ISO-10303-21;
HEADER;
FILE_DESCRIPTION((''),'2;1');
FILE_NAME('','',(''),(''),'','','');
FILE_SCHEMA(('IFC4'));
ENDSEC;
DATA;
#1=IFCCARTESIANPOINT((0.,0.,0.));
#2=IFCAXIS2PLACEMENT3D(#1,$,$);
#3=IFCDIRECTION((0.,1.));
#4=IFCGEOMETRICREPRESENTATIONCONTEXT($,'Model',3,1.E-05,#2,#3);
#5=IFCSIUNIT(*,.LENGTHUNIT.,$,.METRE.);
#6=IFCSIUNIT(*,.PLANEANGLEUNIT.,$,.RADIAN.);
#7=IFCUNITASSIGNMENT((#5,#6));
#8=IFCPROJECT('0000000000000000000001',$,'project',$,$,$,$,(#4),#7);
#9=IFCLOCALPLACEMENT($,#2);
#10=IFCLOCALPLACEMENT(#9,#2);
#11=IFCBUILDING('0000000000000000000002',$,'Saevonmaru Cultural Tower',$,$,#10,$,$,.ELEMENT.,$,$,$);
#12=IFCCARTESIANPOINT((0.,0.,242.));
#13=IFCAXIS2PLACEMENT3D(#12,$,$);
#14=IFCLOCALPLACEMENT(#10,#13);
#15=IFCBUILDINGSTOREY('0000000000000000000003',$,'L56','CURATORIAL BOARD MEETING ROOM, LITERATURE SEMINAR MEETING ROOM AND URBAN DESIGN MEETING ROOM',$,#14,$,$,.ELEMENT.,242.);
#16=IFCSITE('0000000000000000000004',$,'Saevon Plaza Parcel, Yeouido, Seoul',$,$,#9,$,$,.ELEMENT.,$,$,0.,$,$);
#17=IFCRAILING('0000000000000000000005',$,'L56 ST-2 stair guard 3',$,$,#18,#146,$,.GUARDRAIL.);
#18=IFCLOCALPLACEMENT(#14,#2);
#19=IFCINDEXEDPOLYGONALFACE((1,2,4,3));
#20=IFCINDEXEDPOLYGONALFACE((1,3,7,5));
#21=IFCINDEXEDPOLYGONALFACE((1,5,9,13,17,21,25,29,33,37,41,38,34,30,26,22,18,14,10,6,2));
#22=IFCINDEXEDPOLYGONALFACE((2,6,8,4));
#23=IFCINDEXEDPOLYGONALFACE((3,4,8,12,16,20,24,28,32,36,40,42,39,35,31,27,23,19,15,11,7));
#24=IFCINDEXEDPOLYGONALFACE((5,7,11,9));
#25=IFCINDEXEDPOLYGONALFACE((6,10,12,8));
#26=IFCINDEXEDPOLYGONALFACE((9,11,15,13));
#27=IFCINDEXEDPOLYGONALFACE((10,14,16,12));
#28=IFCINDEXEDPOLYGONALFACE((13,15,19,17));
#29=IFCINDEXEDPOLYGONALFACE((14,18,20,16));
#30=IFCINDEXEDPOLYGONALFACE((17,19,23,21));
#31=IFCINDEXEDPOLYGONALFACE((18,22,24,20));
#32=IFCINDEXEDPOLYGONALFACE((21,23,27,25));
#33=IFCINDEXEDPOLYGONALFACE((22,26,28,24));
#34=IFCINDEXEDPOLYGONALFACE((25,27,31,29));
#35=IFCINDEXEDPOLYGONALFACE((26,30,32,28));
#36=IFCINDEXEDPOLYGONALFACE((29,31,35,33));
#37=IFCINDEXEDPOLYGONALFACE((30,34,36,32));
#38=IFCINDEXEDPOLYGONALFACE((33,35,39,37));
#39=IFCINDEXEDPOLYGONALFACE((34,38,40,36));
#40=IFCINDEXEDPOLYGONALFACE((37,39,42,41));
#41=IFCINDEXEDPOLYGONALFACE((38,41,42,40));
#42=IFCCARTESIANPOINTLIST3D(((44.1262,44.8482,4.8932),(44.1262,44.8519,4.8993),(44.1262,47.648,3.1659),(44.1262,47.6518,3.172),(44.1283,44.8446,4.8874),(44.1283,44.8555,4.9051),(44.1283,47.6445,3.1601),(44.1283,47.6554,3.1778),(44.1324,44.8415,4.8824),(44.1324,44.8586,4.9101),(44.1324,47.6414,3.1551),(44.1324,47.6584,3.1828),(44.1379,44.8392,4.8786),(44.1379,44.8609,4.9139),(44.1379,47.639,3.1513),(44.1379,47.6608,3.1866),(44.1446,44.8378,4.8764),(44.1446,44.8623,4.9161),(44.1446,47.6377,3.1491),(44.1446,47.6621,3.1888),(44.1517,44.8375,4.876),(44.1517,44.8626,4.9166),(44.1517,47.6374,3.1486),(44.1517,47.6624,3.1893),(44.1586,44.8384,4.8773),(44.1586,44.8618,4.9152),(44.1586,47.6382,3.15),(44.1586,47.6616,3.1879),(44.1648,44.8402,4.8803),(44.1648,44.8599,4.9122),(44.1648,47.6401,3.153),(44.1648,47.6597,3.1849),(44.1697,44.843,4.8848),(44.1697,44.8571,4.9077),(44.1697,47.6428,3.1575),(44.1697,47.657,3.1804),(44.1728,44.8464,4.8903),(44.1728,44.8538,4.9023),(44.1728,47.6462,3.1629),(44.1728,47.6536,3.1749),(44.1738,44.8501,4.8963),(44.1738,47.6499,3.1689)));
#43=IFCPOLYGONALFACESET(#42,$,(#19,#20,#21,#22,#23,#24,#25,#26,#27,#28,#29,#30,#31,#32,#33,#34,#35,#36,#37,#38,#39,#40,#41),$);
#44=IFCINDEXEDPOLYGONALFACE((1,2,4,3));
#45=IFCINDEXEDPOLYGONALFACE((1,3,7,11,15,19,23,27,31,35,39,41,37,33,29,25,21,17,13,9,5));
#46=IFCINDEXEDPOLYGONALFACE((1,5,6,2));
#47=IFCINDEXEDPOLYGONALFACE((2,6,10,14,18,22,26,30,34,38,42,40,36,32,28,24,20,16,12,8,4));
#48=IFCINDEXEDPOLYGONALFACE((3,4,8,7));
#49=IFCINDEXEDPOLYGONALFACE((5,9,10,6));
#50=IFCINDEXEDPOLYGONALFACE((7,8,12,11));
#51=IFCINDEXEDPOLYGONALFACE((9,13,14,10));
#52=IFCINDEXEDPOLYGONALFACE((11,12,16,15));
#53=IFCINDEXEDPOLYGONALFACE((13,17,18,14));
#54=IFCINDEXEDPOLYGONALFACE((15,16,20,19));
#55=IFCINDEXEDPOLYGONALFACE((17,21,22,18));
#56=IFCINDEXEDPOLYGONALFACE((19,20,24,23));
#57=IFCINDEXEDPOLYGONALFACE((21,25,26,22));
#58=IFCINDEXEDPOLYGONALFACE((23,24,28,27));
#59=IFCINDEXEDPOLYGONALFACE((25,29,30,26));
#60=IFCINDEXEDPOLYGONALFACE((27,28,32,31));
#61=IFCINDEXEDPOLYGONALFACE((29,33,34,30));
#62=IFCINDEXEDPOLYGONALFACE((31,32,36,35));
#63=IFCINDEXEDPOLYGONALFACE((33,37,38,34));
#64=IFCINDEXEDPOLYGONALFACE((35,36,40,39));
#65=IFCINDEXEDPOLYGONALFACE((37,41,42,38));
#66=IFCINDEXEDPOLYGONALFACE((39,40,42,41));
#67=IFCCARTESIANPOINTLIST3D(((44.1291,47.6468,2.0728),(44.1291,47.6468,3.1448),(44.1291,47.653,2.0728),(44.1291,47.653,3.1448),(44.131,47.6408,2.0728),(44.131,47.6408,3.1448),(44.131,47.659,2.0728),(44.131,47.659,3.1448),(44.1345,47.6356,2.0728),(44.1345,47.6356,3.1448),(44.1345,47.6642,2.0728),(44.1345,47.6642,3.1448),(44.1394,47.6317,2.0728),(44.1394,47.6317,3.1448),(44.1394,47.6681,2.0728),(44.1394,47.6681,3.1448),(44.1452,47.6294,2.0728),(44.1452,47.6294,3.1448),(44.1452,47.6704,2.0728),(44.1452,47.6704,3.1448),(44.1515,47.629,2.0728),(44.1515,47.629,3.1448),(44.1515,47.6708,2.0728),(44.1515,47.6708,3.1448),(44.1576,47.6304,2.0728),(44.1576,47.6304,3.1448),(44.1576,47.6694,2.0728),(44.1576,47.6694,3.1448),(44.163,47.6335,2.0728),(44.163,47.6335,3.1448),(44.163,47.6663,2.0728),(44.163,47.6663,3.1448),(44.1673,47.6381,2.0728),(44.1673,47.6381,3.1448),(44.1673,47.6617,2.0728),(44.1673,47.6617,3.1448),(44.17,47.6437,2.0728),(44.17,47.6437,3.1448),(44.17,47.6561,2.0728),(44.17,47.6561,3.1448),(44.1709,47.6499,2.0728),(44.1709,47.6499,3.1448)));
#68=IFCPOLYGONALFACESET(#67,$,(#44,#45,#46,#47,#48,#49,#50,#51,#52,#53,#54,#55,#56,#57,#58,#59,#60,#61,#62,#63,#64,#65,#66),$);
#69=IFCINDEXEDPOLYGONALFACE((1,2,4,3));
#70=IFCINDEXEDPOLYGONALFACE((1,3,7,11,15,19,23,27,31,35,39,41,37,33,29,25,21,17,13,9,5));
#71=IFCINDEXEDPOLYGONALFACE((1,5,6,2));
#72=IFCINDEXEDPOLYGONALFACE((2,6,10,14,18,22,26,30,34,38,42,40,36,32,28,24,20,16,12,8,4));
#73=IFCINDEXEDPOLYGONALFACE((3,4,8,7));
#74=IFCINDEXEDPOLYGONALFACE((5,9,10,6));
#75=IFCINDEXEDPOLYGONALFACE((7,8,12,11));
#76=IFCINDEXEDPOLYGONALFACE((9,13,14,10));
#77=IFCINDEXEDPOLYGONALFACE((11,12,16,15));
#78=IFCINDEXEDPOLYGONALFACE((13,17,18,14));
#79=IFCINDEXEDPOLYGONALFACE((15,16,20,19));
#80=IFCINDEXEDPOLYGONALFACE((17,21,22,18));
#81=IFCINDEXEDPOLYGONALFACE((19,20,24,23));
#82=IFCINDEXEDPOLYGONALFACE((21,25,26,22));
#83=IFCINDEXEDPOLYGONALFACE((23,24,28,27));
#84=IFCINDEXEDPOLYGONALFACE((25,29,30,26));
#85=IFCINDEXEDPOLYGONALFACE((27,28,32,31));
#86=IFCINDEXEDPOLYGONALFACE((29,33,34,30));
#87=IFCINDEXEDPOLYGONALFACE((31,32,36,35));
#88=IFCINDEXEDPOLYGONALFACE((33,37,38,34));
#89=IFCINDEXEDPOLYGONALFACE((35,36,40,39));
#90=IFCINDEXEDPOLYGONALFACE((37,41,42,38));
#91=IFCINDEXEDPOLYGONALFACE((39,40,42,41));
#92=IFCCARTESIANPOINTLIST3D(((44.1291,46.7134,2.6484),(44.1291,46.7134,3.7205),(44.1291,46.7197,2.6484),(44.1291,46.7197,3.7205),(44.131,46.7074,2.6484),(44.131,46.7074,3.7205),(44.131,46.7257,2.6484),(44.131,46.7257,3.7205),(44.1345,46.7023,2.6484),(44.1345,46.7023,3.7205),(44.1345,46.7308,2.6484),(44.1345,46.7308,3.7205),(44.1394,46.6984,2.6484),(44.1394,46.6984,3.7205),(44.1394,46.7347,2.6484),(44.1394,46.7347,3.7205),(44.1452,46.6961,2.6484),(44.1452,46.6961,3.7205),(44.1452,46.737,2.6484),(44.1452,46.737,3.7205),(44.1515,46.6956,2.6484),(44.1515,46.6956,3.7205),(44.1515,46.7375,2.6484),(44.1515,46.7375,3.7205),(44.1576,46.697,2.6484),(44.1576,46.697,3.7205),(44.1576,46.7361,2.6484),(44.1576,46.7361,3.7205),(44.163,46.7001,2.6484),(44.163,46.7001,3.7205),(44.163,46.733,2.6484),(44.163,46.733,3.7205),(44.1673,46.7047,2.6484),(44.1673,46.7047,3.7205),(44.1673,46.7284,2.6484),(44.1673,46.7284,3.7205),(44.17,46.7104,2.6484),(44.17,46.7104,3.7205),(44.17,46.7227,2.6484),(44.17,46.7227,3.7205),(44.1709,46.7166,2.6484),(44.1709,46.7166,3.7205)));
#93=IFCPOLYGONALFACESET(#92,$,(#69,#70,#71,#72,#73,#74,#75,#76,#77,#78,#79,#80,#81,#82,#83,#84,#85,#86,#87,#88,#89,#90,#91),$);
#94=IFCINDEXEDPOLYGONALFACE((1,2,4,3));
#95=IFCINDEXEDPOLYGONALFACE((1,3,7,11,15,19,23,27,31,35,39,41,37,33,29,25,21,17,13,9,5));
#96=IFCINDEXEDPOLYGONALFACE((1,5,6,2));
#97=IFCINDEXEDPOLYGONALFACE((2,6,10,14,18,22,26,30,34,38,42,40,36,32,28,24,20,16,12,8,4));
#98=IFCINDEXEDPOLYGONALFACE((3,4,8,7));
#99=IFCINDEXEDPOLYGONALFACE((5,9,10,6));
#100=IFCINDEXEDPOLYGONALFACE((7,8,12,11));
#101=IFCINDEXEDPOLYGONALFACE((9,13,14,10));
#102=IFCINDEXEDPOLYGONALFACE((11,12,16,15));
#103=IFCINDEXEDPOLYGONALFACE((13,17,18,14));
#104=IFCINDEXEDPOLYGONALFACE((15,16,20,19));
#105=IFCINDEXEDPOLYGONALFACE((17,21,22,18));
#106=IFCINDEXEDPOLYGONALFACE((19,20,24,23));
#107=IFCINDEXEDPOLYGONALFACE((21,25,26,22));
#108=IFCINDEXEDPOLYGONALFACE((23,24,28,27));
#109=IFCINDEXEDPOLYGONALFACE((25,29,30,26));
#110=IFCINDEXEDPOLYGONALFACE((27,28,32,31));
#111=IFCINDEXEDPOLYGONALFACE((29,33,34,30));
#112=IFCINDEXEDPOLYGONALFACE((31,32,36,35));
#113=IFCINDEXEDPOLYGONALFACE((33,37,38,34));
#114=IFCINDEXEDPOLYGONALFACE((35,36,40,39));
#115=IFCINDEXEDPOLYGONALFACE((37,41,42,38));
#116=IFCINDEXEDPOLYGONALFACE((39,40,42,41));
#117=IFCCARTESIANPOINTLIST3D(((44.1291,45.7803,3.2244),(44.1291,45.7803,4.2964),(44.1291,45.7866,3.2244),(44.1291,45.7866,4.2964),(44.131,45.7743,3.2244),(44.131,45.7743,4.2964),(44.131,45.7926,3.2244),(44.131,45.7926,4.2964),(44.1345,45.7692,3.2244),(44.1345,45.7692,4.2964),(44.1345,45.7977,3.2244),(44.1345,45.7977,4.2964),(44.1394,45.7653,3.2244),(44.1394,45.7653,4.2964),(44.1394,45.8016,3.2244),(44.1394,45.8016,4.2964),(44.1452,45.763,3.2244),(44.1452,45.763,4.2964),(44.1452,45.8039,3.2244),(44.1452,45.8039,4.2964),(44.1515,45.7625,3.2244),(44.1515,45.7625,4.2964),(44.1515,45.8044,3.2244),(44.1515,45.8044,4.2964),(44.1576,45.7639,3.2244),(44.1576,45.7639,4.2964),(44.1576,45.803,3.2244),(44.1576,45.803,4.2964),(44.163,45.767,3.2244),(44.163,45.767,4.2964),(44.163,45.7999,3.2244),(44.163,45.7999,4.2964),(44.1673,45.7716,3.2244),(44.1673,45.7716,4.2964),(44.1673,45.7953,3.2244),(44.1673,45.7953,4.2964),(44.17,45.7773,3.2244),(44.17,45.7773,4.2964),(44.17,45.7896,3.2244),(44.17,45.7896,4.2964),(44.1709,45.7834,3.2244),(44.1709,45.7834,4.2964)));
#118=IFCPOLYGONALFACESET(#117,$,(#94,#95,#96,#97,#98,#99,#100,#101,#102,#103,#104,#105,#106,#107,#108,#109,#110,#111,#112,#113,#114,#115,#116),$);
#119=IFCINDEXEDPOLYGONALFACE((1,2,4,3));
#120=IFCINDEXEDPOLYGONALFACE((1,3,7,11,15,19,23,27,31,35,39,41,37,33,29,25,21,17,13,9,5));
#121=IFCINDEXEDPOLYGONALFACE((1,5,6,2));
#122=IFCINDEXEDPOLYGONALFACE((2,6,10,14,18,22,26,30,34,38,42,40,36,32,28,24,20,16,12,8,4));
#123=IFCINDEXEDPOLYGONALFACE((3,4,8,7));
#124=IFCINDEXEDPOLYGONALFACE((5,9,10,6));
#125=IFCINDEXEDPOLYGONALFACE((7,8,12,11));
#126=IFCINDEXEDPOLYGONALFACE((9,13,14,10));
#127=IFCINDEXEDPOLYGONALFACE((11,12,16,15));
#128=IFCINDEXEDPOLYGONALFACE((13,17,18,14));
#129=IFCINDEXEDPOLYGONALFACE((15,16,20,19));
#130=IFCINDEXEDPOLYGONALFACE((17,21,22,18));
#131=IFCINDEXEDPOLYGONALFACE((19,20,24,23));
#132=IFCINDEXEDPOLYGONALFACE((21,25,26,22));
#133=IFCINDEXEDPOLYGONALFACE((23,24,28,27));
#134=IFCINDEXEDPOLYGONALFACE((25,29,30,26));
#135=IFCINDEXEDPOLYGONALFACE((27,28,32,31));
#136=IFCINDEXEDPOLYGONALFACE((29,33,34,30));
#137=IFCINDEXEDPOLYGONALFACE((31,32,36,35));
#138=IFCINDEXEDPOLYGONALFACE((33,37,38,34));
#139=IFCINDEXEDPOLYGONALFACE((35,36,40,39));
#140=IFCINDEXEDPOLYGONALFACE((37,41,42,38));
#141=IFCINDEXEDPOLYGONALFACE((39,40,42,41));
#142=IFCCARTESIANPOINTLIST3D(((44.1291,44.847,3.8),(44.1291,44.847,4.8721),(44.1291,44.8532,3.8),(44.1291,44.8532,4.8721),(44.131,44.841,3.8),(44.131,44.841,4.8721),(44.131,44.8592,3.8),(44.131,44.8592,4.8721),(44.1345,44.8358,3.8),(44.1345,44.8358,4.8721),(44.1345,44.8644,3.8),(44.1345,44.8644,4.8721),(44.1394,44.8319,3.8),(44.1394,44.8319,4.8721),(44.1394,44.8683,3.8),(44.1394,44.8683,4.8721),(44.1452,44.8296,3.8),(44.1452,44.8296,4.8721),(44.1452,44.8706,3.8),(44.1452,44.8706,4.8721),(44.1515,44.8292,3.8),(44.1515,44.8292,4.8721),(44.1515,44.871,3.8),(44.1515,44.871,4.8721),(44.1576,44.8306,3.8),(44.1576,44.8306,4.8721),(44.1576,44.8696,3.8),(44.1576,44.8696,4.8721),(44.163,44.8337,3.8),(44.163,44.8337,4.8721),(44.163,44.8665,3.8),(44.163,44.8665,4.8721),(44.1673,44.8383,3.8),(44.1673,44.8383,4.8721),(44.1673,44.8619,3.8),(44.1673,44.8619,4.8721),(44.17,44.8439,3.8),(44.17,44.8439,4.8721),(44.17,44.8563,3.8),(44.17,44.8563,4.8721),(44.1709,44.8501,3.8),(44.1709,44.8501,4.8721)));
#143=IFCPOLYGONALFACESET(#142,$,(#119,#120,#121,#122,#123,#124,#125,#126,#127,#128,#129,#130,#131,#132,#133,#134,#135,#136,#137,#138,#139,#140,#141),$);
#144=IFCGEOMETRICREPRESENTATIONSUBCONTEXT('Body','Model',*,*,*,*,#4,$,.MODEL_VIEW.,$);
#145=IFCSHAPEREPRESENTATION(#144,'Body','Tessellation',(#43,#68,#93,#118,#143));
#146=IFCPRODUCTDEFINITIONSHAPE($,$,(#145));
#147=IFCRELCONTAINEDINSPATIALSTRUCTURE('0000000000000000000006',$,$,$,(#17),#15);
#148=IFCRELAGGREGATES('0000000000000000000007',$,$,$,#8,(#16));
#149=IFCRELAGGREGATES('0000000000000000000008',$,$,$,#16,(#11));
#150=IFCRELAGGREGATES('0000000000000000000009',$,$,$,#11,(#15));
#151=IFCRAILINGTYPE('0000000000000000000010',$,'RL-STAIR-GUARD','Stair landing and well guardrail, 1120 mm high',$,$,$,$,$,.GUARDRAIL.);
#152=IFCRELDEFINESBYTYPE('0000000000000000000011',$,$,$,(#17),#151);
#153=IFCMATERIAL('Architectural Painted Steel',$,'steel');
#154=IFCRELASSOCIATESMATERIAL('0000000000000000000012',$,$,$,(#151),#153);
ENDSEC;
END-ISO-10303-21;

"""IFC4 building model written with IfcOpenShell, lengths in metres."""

from ifc_helpers import new_model, si_unit, direction, frame, origin, origin_2d, place, context, subcontext, project, spatial, circle, extrude, material, type_object, element, save


model = new_model("IFC4")

# Units and contexts
model_context = context("Model", 3, precision=1e-05, world=origin(), true_north=direction((0.0, 1.0)))
body_context = subcontext(model_context, "Body", "Model", "MODEL_VIEW")
ifc_project = project(units=[si_unit("LENGTHUNIT", "METRE"), si_unit("PLANEANGLEUNIT", "RADIAN")], contexts=[model_context])

# Site, building, storey
site_placement = place(None, origin())
site = spatial("IfcSite", under=ifc_project, at=site_placement, Name="Saevon Plaza Parcel, Yeouido, Seoul", CompositionType="ELEMENT", RefElevation=0.0)
building_placement = place(site_placement, origin())
building = spatial("IfcBuilding", under=site, at=building_placement, Name="Saevonmaru Cultural Tower", CompositionType="ELEMENT")
storey_placement = place(building_placement, frame((0.0, 0.0, 242.0)))
storey = spatial("IfcBuildingStorey", under=building, at=storey_placement, Name="L56", Description="CURATORIAL BOARD MEETING ROOM, LITERATURE SEMINAR MEETING ROOM AND URBAN DESIGN MEETING ROOM", CompositionType="ELEMENT", Elevation=242.0)

# Railing
ifc_material_1 = material(Name="Architectural Painted Steel", Category="steel")
railing_type_1 = type_object("IfcRailingType", Name="RL-STAIR-GUARD", Description="Stair landing and well guardrail, 1120 mm high", PredefinedType="GUARDRAIL", material=ifc_material_1)
railing_1_placement = place(storey_placement, frame((44.1499, 47.6499, 2.0728)))
element("IfcRailing", 1, at=railing_1_placement, inside=storey, type_object=railing_type_1, Name="L56 ST-2 stair guard 3", PredefinedType="GUARDRAIL", context=body_context, shape_type="SweptSolid", body=[
    extrude(circle(Radius=0.0239, at=origin_2d()), frame((0.0, 0.0, 1.0962), z_axis=(0.0, -0.851069, 0.525054), x_axis=(1.0, 0.0, 0.0)), (0.0, 0.0, 1.0), 3.2898),
    extrude(circle(Radius=0.021, at=origin_2d()), origin(), (0.0, 0.0, 1.0), 1.072),
    extrude(circle(Radius=0.021, at=origin_2d()), frame((0.0, -0.9333, 0.5757)), (0.0, 0.0, 1.0), 1.072),
    extrude(circle(Radius=0.021, at=origin_2d()), frame((0.0, -1.8665, 1.1516)), (0.0, 0.0, 1.0), 1.072),
    extrude(circle(Radius=0.021, at=origin_2d()), frame((0.0, -2.7998, 1.7273)), (0.0, 0.0, 1.0), 1.072),
])

save(model, "model.ifc")
